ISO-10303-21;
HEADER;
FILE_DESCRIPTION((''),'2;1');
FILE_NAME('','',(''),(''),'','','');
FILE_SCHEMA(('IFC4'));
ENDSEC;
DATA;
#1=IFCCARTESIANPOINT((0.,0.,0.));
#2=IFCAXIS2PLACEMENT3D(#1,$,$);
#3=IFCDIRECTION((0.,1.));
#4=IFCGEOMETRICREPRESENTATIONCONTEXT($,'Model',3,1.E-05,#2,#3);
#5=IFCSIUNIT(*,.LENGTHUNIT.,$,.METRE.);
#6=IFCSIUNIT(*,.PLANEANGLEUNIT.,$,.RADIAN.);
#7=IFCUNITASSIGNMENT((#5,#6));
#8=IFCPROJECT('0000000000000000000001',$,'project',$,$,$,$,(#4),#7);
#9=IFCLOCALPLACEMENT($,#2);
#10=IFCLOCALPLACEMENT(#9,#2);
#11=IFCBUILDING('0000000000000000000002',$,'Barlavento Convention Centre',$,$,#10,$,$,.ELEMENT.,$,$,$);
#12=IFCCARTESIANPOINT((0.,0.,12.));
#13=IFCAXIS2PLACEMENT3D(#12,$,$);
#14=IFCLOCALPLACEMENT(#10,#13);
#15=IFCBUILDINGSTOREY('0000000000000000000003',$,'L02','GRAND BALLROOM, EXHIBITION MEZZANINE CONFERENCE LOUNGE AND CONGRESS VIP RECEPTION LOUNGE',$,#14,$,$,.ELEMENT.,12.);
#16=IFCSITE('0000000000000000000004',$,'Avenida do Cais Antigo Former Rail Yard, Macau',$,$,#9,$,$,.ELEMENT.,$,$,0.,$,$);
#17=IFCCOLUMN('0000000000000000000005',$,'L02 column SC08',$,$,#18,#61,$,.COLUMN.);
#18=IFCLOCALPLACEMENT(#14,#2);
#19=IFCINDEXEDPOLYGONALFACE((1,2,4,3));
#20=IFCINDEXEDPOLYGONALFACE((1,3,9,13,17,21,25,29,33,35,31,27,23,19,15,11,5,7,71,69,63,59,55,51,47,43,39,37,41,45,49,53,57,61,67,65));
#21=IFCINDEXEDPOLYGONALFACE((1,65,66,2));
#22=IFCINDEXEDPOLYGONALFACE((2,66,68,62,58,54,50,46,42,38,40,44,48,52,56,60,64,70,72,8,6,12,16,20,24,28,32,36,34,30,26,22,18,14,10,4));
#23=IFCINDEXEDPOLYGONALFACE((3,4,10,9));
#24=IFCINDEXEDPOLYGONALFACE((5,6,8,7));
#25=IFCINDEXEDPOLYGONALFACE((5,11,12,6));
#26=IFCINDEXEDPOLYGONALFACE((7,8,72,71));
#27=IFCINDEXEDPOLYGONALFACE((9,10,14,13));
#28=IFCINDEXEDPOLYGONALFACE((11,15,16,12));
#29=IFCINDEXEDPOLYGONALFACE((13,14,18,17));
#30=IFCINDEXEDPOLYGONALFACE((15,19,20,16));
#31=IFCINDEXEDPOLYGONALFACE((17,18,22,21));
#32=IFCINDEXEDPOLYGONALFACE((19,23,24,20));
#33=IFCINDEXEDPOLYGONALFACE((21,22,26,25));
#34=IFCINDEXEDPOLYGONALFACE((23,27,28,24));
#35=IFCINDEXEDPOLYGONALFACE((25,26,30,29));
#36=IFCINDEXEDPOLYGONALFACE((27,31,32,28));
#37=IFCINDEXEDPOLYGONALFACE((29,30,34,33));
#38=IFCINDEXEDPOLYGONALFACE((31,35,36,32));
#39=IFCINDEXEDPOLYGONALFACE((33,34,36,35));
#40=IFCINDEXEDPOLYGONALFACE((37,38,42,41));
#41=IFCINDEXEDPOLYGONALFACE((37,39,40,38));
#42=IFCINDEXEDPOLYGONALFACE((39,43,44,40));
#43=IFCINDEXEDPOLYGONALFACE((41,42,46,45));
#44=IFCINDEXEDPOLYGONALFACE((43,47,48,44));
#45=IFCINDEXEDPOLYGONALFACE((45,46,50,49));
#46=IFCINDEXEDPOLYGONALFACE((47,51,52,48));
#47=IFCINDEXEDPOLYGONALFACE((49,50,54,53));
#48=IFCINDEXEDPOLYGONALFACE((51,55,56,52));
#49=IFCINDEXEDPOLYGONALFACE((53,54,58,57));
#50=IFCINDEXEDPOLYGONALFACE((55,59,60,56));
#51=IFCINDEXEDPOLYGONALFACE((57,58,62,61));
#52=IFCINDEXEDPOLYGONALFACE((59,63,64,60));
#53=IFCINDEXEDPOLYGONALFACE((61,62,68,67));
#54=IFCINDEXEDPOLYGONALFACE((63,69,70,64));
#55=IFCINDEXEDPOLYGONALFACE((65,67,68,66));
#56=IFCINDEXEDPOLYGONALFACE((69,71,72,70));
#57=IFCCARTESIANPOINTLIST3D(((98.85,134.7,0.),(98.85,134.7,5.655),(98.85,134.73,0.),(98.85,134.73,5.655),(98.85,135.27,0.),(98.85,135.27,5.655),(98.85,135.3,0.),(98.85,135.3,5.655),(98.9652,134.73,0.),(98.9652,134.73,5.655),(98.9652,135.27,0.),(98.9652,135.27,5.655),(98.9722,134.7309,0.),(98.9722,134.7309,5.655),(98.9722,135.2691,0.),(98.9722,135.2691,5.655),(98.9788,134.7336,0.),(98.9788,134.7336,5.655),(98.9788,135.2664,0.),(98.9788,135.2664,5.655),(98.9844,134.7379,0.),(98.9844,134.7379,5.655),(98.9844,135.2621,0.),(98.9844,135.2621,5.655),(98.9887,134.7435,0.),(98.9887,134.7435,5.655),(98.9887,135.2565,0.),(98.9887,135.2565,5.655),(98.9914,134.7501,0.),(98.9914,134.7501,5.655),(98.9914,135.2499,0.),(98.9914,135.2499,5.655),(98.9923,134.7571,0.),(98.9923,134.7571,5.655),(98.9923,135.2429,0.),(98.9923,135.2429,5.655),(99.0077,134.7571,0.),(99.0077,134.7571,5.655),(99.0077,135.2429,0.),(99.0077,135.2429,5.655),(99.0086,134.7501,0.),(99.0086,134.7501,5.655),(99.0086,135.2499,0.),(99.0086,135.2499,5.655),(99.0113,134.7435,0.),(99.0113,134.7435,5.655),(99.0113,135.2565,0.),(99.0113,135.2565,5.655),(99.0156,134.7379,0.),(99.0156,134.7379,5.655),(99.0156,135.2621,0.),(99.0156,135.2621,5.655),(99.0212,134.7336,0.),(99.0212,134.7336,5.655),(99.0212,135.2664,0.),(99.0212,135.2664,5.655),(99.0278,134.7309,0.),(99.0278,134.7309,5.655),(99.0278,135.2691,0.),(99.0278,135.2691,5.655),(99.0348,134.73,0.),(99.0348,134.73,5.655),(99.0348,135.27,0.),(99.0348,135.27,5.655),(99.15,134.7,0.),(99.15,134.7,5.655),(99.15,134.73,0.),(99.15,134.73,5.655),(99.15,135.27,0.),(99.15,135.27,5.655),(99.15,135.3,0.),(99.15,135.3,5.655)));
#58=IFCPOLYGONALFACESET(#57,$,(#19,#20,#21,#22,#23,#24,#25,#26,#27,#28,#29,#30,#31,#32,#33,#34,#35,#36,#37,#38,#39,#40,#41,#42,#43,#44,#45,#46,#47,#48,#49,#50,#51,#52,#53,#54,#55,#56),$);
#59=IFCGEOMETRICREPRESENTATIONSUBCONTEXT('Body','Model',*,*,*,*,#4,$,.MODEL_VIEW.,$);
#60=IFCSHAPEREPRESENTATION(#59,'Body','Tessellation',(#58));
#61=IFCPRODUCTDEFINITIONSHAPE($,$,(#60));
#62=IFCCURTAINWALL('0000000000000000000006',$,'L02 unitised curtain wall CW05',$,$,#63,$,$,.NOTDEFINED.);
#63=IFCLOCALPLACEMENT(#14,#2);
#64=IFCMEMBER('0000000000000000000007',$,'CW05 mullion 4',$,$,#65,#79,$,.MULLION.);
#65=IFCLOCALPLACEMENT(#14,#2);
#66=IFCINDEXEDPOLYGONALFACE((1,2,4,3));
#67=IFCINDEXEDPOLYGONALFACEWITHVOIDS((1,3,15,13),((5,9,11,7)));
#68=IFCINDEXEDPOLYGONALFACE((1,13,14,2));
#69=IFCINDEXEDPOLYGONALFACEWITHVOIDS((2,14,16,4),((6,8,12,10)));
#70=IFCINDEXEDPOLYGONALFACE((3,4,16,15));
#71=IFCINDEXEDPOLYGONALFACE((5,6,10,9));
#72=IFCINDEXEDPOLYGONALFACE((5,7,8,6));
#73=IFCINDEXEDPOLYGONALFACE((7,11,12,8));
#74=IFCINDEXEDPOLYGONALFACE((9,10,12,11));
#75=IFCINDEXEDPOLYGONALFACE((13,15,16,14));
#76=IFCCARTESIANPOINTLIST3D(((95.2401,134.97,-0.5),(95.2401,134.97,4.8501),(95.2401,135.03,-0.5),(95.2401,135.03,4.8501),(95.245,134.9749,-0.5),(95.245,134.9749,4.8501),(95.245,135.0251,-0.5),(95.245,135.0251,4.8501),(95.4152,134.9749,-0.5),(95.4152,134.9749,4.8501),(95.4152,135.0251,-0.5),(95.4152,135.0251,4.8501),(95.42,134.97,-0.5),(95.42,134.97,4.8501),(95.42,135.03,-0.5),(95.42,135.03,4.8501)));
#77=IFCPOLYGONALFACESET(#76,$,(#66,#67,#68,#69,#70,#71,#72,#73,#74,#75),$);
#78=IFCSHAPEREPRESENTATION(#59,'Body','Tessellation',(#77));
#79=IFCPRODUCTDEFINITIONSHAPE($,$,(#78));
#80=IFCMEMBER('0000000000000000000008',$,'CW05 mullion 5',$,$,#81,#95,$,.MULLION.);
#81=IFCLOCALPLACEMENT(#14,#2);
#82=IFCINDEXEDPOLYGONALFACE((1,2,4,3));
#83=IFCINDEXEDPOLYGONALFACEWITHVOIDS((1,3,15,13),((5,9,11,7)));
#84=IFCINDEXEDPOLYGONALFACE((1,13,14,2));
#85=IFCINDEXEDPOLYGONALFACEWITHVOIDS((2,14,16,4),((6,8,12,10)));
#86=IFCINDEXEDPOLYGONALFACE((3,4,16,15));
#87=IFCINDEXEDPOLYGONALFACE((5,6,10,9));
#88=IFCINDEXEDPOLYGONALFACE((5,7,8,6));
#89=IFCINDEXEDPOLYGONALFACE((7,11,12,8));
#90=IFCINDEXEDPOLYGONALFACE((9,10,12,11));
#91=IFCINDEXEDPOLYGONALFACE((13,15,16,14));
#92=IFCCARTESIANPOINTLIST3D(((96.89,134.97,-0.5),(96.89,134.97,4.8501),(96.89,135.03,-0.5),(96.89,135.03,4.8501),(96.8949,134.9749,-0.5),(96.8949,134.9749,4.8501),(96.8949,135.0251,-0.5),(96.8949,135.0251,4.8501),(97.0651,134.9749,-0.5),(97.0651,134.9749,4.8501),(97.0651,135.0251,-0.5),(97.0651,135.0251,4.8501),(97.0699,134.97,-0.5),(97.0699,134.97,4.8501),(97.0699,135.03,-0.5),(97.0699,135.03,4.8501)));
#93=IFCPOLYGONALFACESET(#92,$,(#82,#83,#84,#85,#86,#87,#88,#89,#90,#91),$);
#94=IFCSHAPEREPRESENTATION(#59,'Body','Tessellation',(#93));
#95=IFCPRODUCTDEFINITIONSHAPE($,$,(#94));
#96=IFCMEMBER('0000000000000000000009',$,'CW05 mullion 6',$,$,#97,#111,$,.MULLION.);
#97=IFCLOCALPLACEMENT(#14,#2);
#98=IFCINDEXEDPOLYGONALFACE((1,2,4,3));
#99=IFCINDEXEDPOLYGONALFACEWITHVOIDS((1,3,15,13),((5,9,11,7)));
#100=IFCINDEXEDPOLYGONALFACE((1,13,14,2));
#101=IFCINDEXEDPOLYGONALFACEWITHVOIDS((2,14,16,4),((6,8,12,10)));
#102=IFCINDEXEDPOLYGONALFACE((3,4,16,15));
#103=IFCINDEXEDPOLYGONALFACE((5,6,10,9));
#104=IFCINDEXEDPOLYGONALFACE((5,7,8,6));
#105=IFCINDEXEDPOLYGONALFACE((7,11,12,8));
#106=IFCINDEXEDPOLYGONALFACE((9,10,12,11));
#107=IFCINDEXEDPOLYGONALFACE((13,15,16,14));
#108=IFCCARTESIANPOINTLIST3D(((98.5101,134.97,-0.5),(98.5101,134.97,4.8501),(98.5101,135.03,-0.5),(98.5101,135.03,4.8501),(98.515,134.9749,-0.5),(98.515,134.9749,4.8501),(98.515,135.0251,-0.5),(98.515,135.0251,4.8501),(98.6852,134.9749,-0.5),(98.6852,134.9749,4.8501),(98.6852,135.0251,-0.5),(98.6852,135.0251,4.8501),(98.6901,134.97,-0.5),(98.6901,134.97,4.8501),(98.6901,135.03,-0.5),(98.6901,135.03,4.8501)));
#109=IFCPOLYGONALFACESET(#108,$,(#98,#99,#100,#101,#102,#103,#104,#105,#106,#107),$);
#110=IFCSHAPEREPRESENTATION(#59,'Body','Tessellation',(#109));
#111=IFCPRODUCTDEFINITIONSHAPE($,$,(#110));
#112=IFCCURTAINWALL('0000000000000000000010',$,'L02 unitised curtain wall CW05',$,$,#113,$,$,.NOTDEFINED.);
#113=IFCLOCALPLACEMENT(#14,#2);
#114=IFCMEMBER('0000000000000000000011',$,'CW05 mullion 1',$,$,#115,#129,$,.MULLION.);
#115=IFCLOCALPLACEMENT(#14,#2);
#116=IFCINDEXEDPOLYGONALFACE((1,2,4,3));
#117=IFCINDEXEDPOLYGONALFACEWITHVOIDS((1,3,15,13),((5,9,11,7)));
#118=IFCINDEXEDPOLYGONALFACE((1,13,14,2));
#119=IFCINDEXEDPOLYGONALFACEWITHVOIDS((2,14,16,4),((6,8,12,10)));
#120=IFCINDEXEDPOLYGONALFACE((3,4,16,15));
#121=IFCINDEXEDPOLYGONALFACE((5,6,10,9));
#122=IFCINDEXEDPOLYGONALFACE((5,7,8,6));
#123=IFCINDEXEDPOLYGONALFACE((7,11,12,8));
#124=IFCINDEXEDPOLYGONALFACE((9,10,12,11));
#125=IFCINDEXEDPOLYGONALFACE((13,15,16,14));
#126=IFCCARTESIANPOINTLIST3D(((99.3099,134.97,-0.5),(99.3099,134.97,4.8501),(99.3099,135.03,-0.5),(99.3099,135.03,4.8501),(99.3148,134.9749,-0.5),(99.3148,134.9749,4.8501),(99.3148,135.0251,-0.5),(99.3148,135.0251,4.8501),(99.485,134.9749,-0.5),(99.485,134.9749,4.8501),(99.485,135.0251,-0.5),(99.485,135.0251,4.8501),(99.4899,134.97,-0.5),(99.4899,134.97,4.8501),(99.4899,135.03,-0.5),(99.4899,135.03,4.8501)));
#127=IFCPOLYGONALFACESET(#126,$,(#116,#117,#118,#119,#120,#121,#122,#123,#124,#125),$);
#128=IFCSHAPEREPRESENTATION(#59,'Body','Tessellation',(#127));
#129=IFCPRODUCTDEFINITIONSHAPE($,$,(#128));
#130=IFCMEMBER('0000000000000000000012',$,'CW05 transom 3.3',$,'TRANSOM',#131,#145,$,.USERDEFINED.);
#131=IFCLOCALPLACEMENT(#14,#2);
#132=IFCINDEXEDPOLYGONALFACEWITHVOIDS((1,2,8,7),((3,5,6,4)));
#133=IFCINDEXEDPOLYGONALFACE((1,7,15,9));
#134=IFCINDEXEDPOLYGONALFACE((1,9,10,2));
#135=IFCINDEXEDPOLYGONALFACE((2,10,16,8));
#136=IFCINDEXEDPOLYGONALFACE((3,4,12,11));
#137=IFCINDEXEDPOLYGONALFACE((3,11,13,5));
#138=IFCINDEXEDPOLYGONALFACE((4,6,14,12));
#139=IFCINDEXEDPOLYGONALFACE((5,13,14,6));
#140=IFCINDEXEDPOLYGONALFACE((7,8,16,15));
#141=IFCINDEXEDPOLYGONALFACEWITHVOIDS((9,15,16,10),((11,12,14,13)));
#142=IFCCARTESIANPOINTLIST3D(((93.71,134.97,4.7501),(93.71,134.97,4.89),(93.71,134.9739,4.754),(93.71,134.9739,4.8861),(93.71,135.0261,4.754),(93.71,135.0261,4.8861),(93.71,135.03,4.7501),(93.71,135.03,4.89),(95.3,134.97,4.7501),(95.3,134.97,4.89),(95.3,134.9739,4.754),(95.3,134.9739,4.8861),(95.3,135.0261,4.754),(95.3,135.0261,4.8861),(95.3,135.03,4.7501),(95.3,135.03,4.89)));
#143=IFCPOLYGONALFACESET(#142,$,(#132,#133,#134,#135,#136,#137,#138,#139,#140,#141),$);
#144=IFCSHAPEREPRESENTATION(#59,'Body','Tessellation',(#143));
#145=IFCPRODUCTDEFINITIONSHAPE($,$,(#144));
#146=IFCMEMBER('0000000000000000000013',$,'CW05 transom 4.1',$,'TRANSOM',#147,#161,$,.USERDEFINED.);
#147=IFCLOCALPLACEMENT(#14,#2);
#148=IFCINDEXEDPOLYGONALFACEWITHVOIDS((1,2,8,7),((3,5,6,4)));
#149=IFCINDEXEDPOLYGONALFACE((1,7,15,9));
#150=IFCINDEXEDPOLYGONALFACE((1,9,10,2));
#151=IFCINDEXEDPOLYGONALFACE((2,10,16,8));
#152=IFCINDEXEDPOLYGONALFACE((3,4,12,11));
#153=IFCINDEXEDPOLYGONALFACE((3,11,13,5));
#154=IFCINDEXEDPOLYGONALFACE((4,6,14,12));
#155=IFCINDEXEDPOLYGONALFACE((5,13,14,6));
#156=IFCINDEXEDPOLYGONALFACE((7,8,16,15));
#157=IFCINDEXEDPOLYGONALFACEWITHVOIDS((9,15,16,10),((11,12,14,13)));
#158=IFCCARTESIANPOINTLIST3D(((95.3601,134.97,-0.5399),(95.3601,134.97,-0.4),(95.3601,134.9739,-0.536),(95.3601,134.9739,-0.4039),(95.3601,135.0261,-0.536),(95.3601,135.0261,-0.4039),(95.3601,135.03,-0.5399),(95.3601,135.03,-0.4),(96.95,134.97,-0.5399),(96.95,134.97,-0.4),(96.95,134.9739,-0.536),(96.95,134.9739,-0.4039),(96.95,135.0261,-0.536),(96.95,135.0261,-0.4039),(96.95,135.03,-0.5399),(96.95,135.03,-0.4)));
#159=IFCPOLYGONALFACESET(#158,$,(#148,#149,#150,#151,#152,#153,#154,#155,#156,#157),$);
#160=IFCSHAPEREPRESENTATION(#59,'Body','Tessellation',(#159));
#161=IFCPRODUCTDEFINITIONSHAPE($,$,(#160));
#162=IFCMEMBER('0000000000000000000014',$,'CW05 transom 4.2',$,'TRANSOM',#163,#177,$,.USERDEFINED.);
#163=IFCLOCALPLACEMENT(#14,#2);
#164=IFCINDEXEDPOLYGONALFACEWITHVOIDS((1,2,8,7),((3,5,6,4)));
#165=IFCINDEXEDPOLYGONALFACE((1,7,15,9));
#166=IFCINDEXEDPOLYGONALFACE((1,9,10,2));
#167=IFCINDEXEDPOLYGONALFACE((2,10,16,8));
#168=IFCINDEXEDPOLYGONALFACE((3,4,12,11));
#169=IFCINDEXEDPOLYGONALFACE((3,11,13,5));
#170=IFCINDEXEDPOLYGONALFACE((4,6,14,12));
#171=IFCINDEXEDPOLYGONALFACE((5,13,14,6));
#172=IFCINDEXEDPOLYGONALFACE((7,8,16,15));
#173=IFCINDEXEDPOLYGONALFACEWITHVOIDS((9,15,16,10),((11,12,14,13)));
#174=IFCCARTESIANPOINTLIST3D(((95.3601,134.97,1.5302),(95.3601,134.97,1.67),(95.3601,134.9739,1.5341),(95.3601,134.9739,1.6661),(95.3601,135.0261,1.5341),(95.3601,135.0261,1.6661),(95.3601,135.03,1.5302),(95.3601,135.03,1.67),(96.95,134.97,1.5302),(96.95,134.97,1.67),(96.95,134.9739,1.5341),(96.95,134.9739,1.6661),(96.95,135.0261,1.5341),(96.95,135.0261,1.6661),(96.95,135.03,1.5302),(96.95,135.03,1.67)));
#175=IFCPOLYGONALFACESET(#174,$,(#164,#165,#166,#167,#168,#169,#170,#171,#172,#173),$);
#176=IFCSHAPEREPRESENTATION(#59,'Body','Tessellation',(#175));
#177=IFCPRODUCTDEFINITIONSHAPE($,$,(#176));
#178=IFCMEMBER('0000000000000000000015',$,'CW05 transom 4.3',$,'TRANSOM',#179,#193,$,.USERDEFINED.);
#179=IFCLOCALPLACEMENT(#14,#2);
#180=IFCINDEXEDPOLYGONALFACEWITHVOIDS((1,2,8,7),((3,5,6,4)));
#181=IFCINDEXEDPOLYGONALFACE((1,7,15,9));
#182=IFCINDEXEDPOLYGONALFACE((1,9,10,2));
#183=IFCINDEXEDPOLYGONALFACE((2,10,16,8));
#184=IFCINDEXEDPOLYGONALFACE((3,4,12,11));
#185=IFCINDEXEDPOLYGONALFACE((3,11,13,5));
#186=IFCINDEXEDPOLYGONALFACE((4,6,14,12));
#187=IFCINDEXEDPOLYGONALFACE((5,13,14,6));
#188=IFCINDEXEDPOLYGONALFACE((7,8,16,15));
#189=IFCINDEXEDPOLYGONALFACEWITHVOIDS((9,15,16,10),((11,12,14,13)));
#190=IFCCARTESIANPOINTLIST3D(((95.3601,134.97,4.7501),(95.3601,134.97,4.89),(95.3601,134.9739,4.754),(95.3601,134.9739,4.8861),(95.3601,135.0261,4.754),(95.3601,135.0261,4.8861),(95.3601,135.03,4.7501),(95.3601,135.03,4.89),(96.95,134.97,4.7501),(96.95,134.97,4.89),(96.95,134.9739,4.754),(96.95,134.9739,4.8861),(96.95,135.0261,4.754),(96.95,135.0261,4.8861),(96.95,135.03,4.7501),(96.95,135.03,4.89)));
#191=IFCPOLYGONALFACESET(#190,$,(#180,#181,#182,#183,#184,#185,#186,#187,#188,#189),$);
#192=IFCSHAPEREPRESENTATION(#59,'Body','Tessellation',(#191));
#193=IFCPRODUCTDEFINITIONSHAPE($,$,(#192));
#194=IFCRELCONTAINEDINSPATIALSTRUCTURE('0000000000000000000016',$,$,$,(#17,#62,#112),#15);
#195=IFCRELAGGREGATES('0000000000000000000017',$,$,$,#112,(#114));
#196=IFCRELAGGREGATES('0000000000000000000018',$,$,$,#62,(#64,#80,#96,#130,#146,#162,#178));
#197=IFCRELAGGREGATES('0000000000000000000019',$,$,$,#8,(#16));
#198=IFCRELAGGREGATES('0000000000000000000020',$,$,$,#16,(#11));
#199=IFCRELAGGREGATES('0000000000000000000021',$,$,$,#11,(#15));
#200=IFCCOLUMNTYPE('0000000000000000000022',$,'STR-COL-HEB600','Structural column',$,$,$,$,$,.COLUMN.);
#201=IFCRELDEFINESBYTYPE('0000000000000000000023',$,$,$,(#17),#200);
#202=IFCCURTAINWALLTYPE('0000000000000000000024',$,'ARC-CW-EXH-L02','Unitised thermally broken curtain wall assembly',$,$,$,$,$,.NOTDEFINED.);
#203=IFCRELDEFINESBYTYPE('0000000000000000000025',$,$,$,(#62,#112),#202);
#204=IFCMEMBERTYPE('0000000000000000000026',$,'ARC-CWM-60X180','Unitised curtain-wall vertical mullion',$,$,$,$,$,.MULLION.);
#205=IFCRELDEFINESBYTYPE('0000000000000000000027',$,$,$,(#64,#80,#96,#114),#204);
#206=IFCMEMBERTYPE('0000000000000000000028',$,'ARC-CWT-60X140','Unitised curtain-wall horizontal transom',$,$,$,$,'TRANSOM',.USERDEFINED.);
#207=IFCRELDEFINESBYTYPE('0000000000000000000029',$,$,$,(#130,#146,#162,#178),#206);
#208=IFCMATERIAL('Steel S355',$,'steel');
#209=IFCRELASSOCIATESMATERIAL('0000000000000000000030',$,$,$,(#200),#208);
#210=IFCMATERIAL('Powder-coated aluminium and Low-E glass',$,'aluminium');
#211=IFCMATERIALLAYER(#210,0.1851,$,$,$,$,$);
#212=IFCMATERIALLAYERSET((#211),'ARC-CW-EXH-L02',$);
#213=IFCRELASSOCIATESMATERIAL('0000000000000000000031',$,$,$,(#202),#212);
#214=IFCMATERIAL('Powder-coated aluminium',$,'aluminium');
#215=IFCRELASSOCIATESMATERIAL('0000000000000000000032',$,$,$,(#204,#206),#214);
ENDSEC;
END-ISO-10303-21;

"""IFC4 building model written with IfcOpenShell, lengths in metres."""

from ifc_helpers import new_model, si_unit, direction, frame, origin, origin_2d, place, context, subcontext, project, spatial, hollow_rectangle, i_section, extrude, material, layer, layer_set, material_profile, profile_set, type_object, element, aggregate, save


model = new_model("IFC4")

# Units and contexts
model_context = context("Model", 3, precision=1e-05, world=origin(), true_north=direction((0.0, 1.0)))
body_context = subcontext(model_context, "Body", "Model", "MODEL_VIEW")
ifc_project = project(units=[si_unit("LENGTHUNIT", "METRE"), si_unit("PLANEANGLEUNIT", "RADIAN")], contexts=[model_context])

# Site, building, storey
site_placement = place(None, origin())
site = spatial("IfcSite", under=ifc_project, at=site_placement, Name="Avenida do Cais Antigo Former Rail Yard, Macau", CompositionType="ELEMENT", RefElevation=0.0)
building_placement = place(site_placement, origin())
building = spatial("IfcBuilding", under=site, at=building_placement, Name="Barlavento Convention Centre", CompositionType="ELEMENT")
storey_placement = place(building_placement, frame((0.0, 0.0, 12.0)))
storey = spatial("IfcBuildingStorey", under=building, at=storey_placement, Name="L02", Description="GRAND BALLROOM, EXHIBITION MEZZANINE CONFERENCE LOUNGE AND CONGRESS VIP RECEPTION LOUNGE", CompositionType="ELEMENT", Elevation=12.0)

# Column
ifc_material_1 = material(Name="Steel S355", Category="steel")
ifc_material_profile_1 = material_profile(ifc_material_1, i_section(OverallWidth=0.3, OverallDepth=0.6001, WebThickness=0.0154, FlangeThickness=0.03, FilletRadius=0.0271, at=origin_2d()), Name="HEB 600")
ifc_profile_set_1 = profile_set([ifc_material_profile_1], Name="Steel S355")
column_type = type_object("IfcColumnType", Name="STR-COL-HEB600", Description="Structural column", PredefinedType="COLUMN", material=ifc_profile_set_1)
column_placement = place(storey_placement, frame((99.0, 135.0, 0.0), z_axis=(0.0, 0.0, 1.0), x_axis=(1.0, 0.0, 0.0)))
element("IfcColumn", 1, at=column_placement, inside=storey, type_object=column_type, Name="L02 column SC08", PredefinedType="COLUMN", context=body_context, shape_type="SweptSolid", body=[
    extrude(i_section(OverallWidth=0.3, OverallDepth=0.6001, WebThickness=0.0154, FlangeThickness=0.03, FilletRadius=0.0271, at=origin_2d()), origin(), (0.0, 0.0, 1.0), 5.655),
])

# Curtain wall, members
ifc_material_2 = material(Name="Powder-coated aluminium and Low-E glass", Category="aluminium")
ifc_layer_1 = layer(ifc_material_2, 0.1851)
ifc_layer_set_1 = layer_set([ifc_layer_1], Name="ARC-CW-EXH-L02")
curtain_wall_type = type_object("IfcCurtainWallType", Name="ARC-CW-EXH-L02", Description="Unitised thermally broken curtain wall assembly", PredefinedType="NOTDEFINED", material=ifc_layer_set_1)
curtain_wall_1_placement = place(storey_placement, origin())
curtain_wall_1 = element("IfcCurtainWall", 2, at=curtain_wall_1_placement, inside=storey, type_object=curtain_wall_type, Name="L02 unitised curtain wall CW05", PredefinedType="NOTDEFINED")
ifc_material_3 = material(Name="Powder-coated aluminium", Category="aluminium")
ifc_material_profile_2 = material_profile(ifc_material_3, hollow_rectangle(XDim=0.0601, YDim=0.1799, WallThickness=0.0049, at=origin_2d()), Name="AL-MULL 60x180x5")
ifc_profile_set_2 = profile_set([ifc_material_profile_2], Name="Powder-coated aluminium")
member_type_1 = type_object("IfcMemberType", Name="ARC-CWM-60X180", Description="Unitised curtain-wall vertical mullion", PredefinedType="MULLION", material=ifc_profile_set_2)
member_1_placement = place(storey_placement, frame((95.3301, 135.0, -0.5), z_axis=(0.0, 0.0, 1.0), x_axis=(0.0, 1.0, 0.0)))
member_1 = element("IfcMember", 3, at=member_1_placement, type_object=member_type_1, Name="CW05 mullion 4", PredefinedType="MULLION", context=body_context, shape_type="SweptSolid", body=[
    extrude(hollow_rectangle(XDim=0.0601, YDim=0.1799, WallThickness=0.0049, at=origin_2d()), origin(), (0.0, 0.0, 1.0), 5.3501),
])
member_2_placement = place(storey_placement, frame((96.98, 135.0, -0.5), z_axis=(0.0, 0.0, 1.0), x_axis=(0.0, 1.0, 0.0)))
member_2 = element("IfcMember", 4, at=member_2_placement, type_object=member_type_1, Name="CW05 mullion 5", PredefinedType="MULLION", context=body_context, shape_type="SweptSolid", body=[
    extrude(hollow_rectangle(XDim=0.0601, YDim=0.1799, WallThickness=0.0049, at=origin_2d()), origin(), (0.0, 0.0, 1.0), 5.3501),
])
member_3_placement = place(storey_placement, frame((98.6001, 135.0, -0.5), z_axis=(0.0, 0.0, 1.0), x_axis=(0.0, 1.0, 0.0)))
member_3 = element("IfcMember", 5, at=member_3_placement, type_object=member_type_1, Name="CW05 mullion 6", PredefinedType="MULLION", context=body_context, shape_type="SweptSolid", body=[
    extrude(hollow_rectangle(XDim=0.0601, YDim=0.1799, WallThickness=0.0049, at=origin_2d()), origin(), (0.0, 0.0, 1.0), 5.3501),
])

# Curtain wall, member
curtain_wall_2_placement = place(storey_placement, origin())
curtain_wall_2 = element("IfcCurtainWall", 6, at=curtain_wall_2_placement, inside=storey, type_object=curtain_wall_type, Name="L02 unitised curtain wall CW05", PredefinedType="NOTDEFINED")
member_4_placement = place(storey_placement, frame((99.3999, 135.0, -0.5), z_axis=(0.0, 0.0, 1.0), x_axis=(0.0, 1.0, 0.0)))
member_4 = element("IfcMember", 7, at=member_4_placement, type_object=member_type_1, Name="CW05 mullion 1", PredefinedType="MULLION", context=body_context, shape_type="SweptSolid", body=[
    extrude(hollow_rectangle(XDim=0.0601, YDim=0.1799, WallThickness=0.0049, at=origin_2d()), origin(), (0.0, 0.0, 1.0), 5.3501),
])

# Members
ifc_material_profile_3 = material_profile(ifc_material_3, hollow_rectangle(XDim=0.0601, YDim=0.1399, WallThickness=0.0039, at=origin_2d()), Name="AL-TRAN 60x140x4")
ifc_profile_set_3 = profile_set([ifc_material_profile_3], Name="Powder-coated aluminium")
member_type_2 = type_object("IfcMemberType", Name="ARC-CWT-60X140", Description="Unitised curtain-wall horizontal transom", ElementType="TRANSOM", PredefinedType="USERDEFINED", material=ifc_profile_set_3)
member_5_placement = place(storey_placement, frame((93.71, 135.0, 4.8201), z_axis=(1.0, 0.0, 0.0), x_axis=(0.0, 1.0, 0.0)))
member_5 = element("IfcMember", 8, at=member_5_placement, type_object=member_type_2, Name="CW05 transom 3.3", ObjectType="TRANSOM", PredefinedType="USERDEFINED", context=body_context, shape_type="SweptSolid", body=[
    extrude(hollow_rectangle(XDim=0.0601, YDim=0.1399, WallThickness=0.0039, at=origin_2d()), origin(), (0.0, 0.0, 1.0), 1.5901),
])
member_6_placement = place(storey_placement, frame((95.3601, 135.0, -0.47), z_axis=(1.0, 0.0, 0.0), x_axis=(0.0, 1.0, 0.0)))
member_6 = element("IfcMember", 9, at=member_6_placement, type_object=member_type_2, Name="CW05 transom 4.1", ObjectType="TRANSOM", PredefinedType="USERDEFINED", context=body_context, shape_type="SweptSolid", body=[
    extrude(hollow_rectangle(XDim=0.0601, YDim=0.1399, WallThickness=0.0039, at=origin_2d()), origin(), (0.0, 0.0, 1.0), 1.5898),
])
member_7_placement = place(storey_placement, frame((95.3601, 135.0, 1.6001), z_axis=(1.0, 0.0, 0.0), x_axis=(0.0, 1.0, 0.0)))
member_7 = element("IfcMember", 10, at=member_7_placement, type_object=member_type_2, Name="CW05 transom 4.2", ObjectType="TRANSOM", PredefinedType="USERDEFINED", context=body_context, shape_type="SweptSolid", body=[
    extrude(hollow_rectangle(XDim=0.0601, YDim=0.1399, WallThickness=0.0039, at=origin_2d()), origin(), (0.0, 0.0, 1.0), 1.5898),
])
member_8_placement = place(storey_placement, frame((95.3601, 135.0, 4.8201), z_axis=(1.0, 0.0, 0.0), x_axis=(0.0, 1.0, 0.0)))
member_8 = element("IfcMember", 11, at=member_8_placement, type_object=member_type_2, Name="CW05 transom 4.3", ObjectType="TRANSOM", PredefinedType="USERDEFINED", context=body_context, shape_type="SweptSolid", body=[
    extrude(hollow_rectangle(XDim=0.0601, YDim=0.1399, WallThickness=0.0039, at=origin_2d()), origin(), (0.0, 0.0, 1.0), 1.5898),
])
aggregate(curtain_wall_2, [member_4])

aggregate(curtain_wall_1, [member_1, member_2, member_3, member_5, member_6, member_7, member_8])

save(model, "model.ifc")
